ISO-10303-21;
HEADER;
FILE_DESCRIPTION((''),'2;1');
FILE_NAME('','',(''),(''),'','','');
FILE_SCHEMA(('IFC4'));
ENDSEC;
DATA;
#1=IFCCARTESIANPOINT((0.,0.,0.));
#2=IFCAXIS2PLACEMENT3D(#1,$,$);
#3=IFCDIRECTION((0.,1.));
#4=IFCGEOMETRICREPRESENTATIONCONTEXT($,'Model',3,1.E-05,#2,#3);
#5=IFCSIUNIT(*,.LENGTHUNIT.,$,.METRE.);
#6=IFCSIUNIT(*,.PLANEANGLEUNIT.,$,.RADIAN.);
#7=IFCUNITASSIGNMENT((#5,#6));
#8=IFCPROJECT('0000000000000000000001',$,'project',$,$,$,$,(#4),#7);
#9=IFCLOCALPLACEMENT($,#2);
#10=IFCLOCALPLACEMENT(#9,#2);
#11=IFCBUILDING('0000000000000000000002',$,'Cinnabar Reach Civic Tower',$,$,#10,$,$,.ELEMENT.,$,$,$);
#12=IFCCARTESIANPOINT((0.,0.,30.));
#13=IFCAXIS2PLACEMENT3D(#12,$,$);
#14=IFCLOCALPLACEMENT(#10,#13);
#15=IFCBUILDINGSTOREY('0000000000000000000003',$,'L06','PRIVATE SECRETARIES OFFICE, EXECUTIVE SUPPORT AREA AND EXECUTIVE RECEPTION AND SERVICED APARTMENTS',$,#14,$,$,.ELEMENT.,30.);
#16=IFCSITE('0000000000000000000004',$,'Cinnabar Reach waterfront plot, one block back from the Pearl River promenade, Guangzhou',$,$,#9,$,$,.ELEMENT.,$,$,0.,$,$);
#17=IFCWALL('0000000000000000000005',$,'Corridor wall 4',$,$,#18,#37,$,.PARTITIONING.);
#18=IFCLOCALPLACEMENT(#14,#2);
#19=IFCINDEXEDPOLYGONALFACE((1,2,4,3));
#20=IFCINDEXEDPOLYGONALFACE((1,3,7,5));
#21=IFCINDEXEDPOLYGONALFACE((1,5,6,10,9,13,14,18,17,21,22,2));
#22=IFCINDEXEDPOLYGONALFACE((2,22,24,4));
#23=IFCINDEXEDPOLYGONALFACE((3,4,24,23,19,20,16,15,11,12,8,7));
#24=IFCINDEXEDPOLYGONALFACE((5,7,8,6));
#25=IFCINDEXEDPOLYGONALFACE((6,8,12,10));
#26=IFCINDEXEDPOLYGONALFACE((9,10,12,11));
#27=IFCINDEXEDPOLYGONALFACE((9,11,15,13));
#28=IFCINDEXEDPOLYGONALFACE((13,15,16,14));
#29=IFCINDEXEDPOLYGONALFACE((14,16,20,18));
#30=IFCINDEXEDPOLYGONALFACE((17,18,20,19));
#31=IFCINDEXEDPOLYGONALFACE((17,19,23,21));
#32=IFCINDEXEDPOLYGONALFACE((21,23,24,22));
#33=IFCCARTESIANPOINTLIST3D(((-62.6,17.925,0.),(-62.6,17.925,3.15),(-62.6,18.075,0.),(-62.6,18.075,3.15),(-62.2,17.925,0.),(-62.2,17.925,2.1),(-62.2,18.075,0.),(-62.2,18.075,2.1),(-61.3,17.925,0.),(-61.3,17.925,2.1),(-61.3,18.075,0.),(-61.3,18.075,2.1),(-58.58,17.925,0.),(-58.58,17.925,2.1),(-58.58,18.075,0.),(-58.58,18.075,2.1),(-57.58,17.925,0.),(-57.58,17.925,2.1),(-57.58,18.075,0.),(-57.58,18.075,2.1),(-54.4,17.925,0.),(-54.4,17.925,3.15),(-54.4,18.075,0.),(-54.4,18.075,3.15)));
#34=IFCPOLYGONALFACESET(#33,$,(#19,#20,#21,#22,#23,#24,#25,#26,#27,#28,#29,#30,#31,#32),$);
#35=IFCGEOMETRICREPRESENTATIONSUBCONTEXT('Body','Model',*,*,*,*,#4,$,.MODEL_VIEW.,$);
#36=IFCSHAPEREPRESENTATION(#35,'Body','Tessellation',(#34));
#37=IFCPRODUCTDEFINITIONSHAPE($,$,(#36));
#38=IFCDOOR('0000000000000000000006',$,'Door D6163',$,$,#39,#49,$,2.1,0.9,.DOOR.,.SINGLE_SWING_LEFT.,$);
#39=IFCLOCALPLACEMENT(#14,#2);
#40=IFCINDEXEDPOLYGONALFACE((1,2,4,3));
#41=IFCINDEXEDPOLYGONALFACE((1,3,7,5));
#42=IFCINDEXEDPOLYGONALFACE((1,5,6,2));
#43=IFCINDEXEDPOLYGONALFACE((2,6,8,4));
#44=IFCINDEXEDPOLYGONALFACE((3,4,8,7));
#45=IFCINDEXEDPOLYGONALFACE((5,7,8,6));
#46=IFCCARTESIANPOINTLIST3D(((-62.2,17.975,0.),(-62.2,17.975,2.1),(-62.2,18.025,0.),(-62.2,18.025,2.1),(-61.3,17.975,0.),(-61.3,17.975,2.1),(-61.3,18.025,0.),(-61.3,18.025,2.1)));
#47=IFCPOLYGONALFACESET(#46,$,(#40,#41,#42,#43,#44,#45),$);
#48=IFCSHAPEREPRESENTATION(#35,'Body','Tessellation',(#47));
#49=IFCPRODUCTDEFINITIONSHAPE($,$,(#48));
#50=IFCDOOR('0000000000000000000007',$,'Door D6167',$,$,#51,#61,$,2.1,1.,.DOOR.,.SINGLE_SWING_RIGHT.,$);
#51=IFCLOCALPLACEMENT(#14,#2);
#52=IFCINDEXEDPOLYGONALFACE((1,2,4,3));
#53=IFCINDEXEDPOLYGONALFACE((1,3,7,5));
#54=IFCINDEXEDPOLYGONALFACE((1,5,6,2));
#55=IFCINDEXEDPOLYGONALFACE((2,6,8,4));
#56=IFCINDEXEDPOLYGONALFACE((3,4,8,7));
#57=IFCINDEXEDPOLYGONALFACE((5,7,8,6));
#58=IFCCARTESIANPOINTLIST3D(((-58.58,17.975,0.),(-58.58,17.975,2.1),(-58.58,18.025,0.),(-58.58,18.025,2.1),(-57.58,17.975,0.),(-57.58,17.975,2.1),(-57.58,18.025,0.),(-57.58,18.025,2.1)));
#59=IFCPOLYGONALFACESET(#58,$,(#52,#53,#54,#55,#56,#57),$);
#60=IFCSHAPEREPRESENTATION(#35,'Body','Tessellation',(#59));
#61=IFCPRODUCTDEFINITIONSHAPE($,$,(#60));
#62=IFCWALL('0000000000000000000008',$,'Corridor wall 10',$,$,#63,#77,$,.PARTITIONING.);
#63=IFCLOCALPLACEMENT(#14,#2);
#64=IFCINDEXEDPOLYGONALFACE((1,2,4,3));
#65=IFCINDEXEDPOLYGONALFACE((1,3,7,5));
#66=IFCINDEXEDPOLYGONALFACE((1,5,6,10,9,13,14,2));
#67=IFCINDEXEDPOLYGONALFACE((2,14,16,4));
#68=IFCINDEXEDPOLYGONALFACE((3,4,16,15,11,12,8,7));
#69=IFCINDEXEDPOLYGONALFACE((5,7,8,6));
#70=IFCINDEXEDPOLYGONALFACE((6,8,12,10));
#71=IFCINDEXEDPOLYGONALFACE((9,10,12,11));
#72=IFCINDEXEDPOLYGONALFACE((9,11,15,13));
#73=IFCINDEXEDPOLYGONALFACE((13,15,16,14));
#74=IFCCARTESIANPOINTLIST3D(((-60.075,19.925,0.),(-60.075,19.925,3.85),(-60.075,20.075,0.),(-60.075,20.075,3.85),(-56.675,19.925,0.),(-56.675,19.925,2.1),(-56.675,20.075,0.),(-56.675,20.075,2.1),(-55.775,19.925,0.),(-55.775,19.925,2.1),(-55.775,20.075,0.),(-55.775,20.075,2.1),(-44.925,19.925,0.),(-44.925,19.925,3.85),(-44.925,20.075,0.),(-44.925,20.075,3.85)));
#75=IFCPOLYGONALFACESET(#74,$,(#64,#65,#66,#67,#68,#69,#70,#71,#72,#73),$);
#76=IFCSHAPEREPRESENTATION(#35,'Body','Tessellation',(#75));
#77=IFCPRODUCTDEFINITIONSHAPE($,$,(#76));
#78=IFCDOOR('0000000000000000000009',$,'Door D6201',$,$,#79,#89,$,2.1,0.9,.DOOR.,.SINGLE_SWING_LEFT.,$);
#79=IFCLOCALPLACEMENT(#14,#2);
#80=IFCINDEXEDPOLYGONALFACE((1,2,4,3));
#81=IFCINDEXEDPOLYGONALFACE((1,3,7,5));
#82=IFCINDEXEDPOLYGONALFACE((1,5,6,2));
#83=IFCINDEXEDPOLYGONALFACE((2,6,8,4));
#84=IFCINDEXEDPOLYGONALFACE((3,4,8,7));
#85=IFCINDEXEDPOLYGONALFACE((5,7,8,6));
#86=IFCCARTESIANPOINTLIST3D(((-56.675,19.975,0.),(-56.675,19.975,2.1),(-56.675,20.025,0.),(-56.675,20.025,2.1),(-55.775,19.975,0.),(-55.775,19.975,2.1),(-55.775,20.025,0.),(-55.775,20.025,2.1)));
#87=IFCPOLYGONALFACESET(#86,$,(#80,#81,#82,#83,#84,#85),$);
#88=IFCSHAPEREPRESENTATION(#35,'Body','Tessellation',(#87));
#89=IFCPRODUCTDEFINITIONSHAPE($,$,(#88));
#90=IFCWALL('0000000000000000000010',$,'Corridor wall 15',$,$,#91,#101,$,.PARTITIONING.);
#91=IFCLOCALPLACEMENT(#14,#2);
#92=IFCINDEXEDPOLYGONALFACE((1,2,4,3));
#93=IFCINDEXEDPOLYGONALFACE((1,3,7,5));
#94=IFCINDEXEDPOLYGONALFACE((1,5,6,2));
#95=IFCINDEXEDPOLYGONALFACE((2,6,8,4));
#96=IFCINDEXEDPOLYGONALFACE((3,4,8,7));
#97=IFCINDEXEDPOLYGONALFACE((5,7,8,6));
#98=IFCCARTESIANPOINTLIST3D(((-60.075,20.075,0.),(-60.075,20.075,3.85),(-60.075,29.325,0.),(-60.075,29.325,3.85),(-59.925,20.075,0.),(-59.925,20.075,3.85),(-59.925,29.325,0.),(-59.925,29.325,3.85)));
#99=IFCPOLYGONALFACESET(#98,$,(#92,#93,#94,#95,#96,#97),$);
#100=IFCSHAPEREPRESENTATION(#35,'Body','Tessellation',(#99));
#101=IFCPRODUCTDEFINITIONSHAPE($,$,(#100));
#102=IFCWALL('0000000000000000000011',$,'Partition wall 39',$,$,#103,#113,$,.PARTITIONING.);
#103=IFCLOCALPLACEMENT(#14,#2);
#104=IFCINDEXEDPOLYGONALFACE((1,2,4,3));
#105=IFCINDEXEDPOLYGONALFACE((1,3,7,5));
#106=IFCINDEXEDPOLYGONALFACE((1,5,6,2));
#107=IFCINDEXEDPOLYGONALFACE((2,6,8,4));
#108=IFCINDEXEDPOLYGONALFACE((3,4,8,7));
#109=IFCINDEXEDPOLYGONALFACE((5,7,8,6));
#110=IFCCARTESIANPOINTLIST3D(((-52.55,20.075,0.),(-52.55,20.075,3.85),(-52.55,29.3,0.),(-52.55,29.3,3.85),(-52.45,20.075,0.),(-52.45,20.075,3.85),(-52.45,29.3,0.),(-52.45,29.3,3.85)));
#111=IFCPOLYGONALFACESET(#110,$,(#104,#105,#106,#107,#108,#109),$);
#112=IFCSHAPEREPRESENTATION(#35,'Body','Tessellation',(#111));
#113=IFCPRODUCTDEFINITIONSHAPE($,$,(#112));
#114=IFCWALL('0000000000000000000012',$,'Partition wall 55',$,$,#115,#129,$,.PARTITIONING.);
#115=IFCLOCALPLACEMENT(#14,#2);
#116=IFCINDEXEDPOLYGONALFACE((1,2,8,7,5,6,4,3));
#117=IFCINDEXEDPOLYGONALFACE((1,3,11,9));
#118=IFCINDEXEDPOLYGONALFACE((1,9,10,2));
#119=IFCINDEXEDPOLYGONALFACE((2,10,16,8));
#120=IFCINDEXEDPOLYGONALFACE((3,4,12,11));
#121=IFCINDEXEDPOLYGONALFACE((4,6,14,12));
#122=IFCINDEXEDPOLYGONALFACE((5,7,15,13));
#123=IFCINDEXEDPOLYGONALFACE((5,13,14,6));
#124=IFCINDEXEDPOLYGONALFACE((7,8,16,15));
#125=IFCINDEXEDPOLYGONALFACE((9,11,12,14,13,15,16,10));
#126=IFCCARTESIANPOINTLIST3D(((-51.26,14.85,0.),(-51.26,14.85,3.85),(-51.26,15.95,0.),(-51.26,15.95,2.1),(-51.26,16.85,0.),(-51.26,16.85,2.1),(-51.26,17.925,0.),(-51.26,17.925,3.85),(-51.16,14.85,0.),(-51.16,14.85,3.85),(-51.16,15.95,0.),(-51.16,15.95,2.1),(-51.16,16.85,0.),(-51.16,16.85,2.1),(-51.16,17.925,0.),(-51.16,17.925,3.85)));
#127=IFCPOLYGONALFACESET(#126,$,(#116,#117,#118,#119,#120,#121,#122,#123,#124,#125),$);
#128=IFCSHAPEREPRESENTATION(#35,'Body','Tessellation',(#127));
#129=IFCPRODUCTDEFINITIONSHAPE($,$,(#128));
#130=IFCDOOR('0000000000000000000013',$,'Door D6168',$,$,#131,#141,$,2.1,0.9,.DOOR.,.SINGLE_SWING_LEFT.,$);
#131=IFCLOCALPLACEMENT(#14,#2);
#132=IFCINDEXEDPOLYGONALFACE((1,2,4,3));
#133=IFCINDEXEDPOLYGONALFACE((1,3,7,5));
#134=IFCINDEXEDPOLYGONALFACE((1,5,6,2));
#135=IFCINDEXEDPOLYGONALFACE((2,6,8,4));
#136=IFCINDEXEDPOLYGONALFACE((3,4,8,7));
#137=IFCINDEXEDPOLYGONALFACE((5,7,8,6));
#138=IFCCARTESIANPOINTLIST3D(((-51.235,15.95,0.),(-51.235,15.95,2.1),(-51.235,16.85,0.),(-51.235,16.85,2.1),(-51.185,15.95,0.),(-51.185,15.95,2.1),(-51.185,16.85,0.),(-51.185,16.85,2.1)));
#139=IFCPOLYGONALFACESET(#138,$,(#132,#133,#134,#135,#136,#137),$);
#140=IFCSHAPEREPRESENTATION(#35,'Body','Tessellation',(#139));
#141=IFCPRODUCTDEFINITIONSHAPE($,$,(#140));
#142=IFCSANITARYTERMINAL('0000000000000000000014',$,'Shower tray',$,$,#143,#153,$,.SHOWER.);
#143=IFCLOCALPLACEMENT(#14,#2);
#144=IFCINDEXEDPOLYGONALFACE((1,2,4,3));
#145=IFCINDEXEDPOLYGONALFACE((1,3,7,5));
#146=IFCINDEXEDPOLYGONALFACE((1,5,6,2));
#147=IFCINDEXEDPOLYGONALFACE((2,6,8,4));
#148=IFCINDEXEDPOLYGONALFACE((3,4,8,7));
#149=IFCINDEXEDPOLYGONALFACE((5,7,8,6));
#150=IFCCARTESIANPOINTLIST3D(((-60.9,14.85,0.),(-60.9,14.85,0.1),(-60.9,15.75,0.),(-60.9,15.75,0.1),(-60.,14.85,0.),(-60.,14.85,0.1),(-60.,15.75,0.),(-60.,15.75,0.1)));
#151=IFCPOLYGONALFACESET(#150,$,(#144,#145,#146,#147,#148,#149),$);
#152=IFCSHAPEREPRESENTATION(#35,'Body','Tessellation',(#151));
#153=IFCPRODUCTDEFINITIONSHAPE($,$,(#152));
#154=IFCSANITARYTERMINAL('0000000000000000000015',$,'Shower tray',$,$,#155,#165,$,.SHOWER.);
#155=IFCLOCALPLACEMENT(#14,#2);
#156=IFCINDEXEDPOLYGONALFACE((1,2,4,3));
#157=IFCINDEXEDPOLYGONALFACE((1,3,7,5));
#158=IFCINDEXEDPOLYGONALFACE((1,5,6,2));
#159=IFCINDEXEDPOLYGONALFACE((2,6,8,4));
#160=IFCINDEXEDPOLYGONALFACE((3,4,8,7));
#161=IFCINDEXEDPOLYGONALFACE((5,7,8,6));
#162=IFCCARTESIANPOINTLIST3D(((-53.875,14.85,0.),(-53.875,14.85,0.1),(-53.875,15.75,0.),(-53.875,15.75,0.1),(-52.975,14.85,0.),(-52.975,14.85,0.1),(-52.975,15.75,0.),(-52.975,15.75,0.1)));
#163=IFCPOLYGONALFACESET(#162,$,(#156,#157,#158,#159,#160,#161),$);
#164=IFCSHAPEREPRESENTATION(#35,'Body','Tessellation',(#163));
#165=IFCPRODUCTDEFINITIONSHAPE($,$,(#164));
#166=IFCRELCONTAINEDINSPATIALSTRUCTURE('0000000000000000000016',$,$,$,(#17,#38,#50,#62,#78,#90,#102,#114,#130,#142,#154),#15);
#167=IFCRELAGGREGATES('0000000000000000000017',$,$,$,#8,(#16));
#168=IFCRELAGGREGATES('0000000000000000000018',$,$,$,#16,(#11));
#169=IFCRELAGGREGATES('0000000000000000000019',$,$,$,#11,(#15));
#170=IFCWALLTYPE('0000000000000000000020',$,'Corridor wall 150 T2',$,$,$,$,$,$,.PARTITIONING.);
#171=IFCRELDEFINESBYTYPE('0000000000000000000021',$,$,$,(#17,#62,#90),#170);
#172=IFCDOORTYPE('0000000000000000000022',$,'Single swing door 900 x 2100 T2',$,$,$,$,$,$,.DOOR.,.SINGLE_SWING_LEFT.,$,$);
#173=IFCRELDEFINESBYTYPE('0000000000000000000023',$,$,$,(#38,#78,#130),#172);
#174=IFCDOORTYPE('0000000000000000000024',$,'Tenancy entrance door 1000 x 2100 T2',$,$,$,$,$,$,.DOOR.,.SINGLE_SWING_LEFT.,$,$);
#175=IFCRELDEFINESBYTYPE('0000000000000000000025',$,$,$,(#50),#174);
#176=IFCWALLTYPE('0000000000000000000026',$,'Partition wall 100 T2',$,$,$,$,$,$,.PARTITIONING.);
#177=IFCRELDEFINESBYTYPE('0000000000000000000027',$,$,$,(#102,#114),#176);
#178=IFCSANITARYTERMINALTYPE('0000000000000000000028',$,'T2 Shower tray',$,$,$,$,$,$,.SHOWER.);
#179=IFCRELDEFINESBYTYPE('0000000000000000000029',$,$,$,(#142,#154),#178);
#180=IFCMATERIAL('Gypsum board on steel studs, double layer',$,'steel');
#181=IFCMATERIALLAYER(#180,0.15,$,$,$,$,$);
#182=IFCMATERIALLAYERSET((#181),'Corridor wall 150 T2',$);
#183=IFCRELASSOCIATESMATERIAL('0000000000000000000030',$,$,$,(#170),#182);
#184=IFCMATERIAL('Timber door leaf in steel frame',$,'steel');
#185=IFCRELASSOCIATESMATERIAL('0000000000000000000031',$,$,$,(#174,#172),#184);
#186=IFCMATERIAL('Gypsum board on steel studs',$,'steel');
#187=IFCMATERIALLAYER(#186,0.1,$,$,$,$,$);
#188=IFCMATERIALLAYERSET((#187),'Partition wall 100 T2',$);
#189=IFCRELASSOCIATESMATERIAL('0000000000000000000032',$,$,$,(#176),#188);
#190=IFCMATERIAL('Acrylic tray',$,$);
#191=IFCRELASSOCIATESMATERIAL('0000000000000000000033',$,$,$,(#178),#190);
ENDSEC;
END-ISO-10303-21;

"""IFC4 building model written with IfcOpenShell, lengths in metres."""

from ifc_helpers import new_model, si_unit, direction, frame, frame_2d, origin, origin_2d, place, context, subcontext, project, spatial, rectangle, extrude, material, layer, layer_set, type_object, element, fill, save


model = new_model("IFC4")

# Units and contexts
model_context = context("Model", 3, precision=1e-05, world=origin(), true_north=direction((0.0, 1.0)))
body_context = subcontext(model_context, "Body", "Model", "MODEL_VIEW")
ifc_project = project(units=[si_unit("LENGTHUNIT", "METRE"), si_unit("PLANEANGLEUNIT", "RADIAN")], contexts=[model_context])

# Site, building, storey
site_placement = place(None, origin())
site = spatial("IfcSite", under=ifc_project, at=site_placement, Name="Cinnabar Reach waterfront plot, one block back from the Pearl River promenade, Guangzhou", CompositionType="ELEMENT", RefElevation=0.0)
building_placement = place(site_placement, origin())
building = spatial("IfcBuilding", under=site, at=building_placement, Name="Cinnabar Reach Civic Tower", CompositionType="ELEMENT")
storey_placement = place(building_placement, frame((0.0, 0.0, 30.0)))
storey = spatial("IfcBuildingStorey", under=building, at=storey_placement, Name="L06", Description="PRIVATE SECRETARIES OFFICE, EXECUTIVE SUPPORT AREA AND EXECUTIVE RECEPTION AND SERVICED APARTMENTS", CompositionType="ELEMENT", Elevation=30.0)

# Shared definitions
ifc_material_1 = material(Name="Gypsum board on steel studs, double layer", Category="steel")
ifc_layer_1 = layer(ifc_material_1, 0.15)
ifc_layer_set_1 = layer_set([ifc_layer_1], Name="Corridor wall 150 T2")
wall_type_1 = type_object("IfcWallType", Name="Corridor wall 150 T2", PredefinedType="PARTITIONING", material=ifc_layer_set_1)
ifc_material_2 = material(Name="Timber door leaf in steel frame", Category="steel")
door_type_1 = type_object("IfcDoorType", Name="Tenancy entrance door 1000 x 2100 T2", OperationType="SINGLE_SWING_LEFT", PredefinedType="DOOR", material=ifc_material_2)

# Wall, openings, doors
wall_1_placement = place(storey_placement, frame((-62.6, 18.0, 0.0), z_axis=(0.0, 0.0, 1.0), x_axis=(1.0, 0.0, 0.0)))
wall_1 = element("IfcWall", 1, at=wall_1_placement, inside=storey, type_object=wall_type_1, Name="Corridor wall 4", PredefinedType="PARTITIONING", context=body_context, shape_type="SweptSolid", body=[
    extrude(rectangle(XDim=8.2, YDim=0.15, at=frame_2d((4.1, 0.0))), origin(), (0.0, 0.0, 1.0), 3.15),
])
opening_1_placement = place(wall_1_placement, frame((0.4, 0.0, 0.0)))
opening_1 = element("IfcOpeningElement", 2, at=opening_1_placement, cuts=wall_1, PredefinedType="OPENING", context=body_context, shape_type="SweptSolid", body=[
    extrude(rectangle(XDim=0.9, YDim=2.1, at=frame_2d((0.45, 1.05))), frame((0.0, 0.085, 0.0), z_axis=(0.0, -1.0, 0.0), x_axis=(1.0, 0.0, 0.0)), (0.0, 0.0, 1.0), 0.17),
])
opening_2_placement = place(wall_1_placement, frame((4.02, 0.0, 0.0)))
opening_2 = element("IfcOpeningElement", 3, at=opening_2_placement, cuts=wall_1, PredefinedType="OPENING", context=body_context, shape_type="SweptSolid", body=[
    extrude(rectangle(XDim=1.0, YDim=2.1, at=frame_2d((0.5, 1.05))), frame((0.0, 0.085, 0.0), z_axis=(0.0, -1.0, 0.0), x_axis=(1.0, 0.0, 0.0)), (0.0, 0.0, 1.0), 0.17),
])
door_type_2 = type_object("IfcDoorType", Name="Single swing door 900 x 2100 T2", OperationType="SINGLE_SWING_LEFT", PredefinedType="DOOR", material=ifc_material_2)
door_1_placement = place(opening_1_placement, frame((0.9, 0.0, 0.0), z_axis=(0.0, 0.0, 1.0), x_axis=(-1.0, 0.0, 0.0)))
door_1 = element("IfcDoor", 4, at=door_1_placement, inside=storey, type_object=door_type_2, Name="Door D6163", OperationType="SINGLE_SWING_LEFT", OverallHeight=2.1, OverallWidth=0.9, PredefinedType="DOOR", context=body_context, shape_type="SweptSolid", body=[
    extrude(rectangle(XDim=0.9, YDim=2.1, at=frame_2d((0.45, 1.05))), frame((0.0, 0.025, 0.0), z_axis=(0.0, -1.0, 0.0), x_axis=(1.0, 0.0, 0.0)), (0.0, 0.0, 1.0), 0.05),
])
fill(opening_1, door_1)
door_2_placement = place(opening_2_placement, frame((1.0, 0.0, 0.0), z_axis=(0.0, 0.0, 1.0), x_axis=(-1.0, 0.0, 0.0)))
door_2 = element("IfcDoor", 5, at=door_2_placement, inside=storey, type_object=door_type_1, Name="Door D6167", OperationType="SINGLE_SWING_RIGHT", OverallHeight=2.1, OverallWidth=1.0, PredefinedType="DOOR", context=body_context, shape_type="SweptSolid", body=[
    extrude(rectangle(XDim=1.0, YDim=2.1, at=frame_2d((0.5, 1.05))), frame((0.0, 0.025, 0.0), z_axis=(0.0, -1.0, 0.0), x_axis=(1.0, 0.0, 0.0)), (0.0, 0.0, 1.0), 0.05),
])
fill(opening_2, door_2)

# Wall, opening, door
wall_2_placement = place(storey_placement, frame((-60.075, 20.0, 0.0), z_axis=(0.0, 0.0, 1.0), x_axis=(1.0, 0.0, 0.0)))
wall_2 = element("IfcWall", 6, at=wall_2_placement, inside=storey, type_object=wall_type_1, Name="Corridor wall 10", PredefinedType="PARTITIONING", context=body_context, shape_type="SweptSolid", body=[
    extrude(rectangle(XDim=15.15, YDim=0.15, at=frame_2d((7.575, 0.0))), origin(), (0.0, 0.0, 1.0), 3.85),
])
opening_3_placement = place(wall_2_placement, frame((3.4, 0.0, 0.0)))
opening_3 = element("IfcOpeningElement", 7, at=opening_3_placement, cuts=wall_2, PredefinedType="OPENING", context=body_context, shape_type="SweptSolid", body=[
    extrude(rectangle(XDim=0.9, YDim=2.1, at=frame_2d((0.45, 1.05))), frame((0.0, 0.085, 0.0), z_axis=(0.0, -1.0, 0.0), x_axis=(1.0, 0.0, 0.0)), (0.0, 0.0, 1.0), 0.17),
])
door_3_placement = place(opening_3_placement, origin())
door_3 = element("IfcDoor", 8, at=door_3_placement, inside=storey, type_object=door_type_2, Name="Door D6201", OperationType="SINGLE_SWING_LEFT", OverallHeight=2.1, OverallWidth=0.9, PredefinedType="DOOR", context=body_context, shape_type="SweptSolid", body=[
    extrude(rectangle(XDim=0.9, YDim=2.1, at=frame_2d((0.45, 1.05))), frame((0.0, 0.025, 0.0), z_axis=(0.0, -1.0, 0.0), x_axis=(1.0, 0.0, 0.0)), (0.0, 0.0, 1.0), 0.05),
])
fill(opening_3, door_3)

# Walls
wall_3_placement = place(storey_placement, frame((-60.0, 20.075, 0.0), z_axis=(0.0, 0.0, 1.0), x_axis=(0.0, 1.0, 0.0)))
element("IfcWall", 9, at=wall_3_placement, inside=storey, type_object=wall_type_1, Name="Corridor wall 15", PredefinedType="PARTITIONING", context=body_context, shape_type="SweptSolid", body=[
    extrude(rectangle(XDim=9.25, YDim=0.15, at=frame_2d((4.625, 0.0))), origin(), (0.0, 0.0, 1.0), 3.85),
])
ifc_material_3 = material(Name="Gypsum board on steel studs", Category="steel")
ifc_layer_2 = layer(ifc_material_3, 0.1)
ifc_layer_set_2 = layer_set([ifc_layer_2], Name="Partition wall 100 T2")
wall_type_2 = type_object("IfcWallType", Name="Partition wall 100 T2", PredefinedType="PARTITIONING", material=ifc_layer_set_2)
wall_4_placement = place(storey_placement, frame((-52.5, 20.075, 0.0), z_axis=(0.0, 0.0, 1.0), x_axis=(0.0, 1.0, 0.0)))
element("IfcWall", 10, at=wall_4_placement, inside=storey, type_object=wall_type_2, Name="Partition wall 39", PredefinedType="PARTITIONING", context=body_context, shape_type="SweptSolid", body=[
    extrude(rectangle(XDim=9.225, YDim=0.1, at=frame_2d((4.6125, 0.0))), origin(), (0.0, 0.0, 1.0), 3.85),
])

# Wall, opening, door
wall_5_placement = place(storey_placement, frame((-51.21, 14.85, 0.0), z_axis=(0.0, 0.0, 1.0), x_axis=(0.0, 1.0, 0.0)))
wall_5 = element("IfcWall", 11, at=wall_5_placement, inside=storey, type_object=wall_type_2, Name="Partition wall 55", PredefinedType="PARTITIONING", context=body_context, shape_type="SweptSolid", body=[
    extrude(rectangle(XDim=3.075, YDim=0.1, at=frame_2d((1.5375, 0.0))), origin(), (0.0, 0.0, 1.0), 3.85),
])
opening_4_placement = place(wall_5_placement, frame((1.1, 0.0, 0.0)))
opening_4 = element("IfcOpeningElement", 12, at=opening_4_placement, cuts=wall_5, PredefinedType="OPENING", context=body_context, shape_type="SweptSolid", body=[
    extrude(rectangle(XDim=0.9, YDim=2.1, at=frame_2d((0.45, 1.05))), frame((0.0, 0.06, 0.0), z_axis=(0.0, -1.0, 0.0), x_axis=(1.0, 0.0, 0.0)), (0.0, 0.0, 1.0), 0.12),
])
door_4_placement = place(opening_4_placement, origin())
door_4 = element("IfcDoor", 13, at=door_4_placement, inside=storey, type_object=door_type_2, Name="Door D6168", OperationType="SINGLE_SWING_LEFT", OverallHeight=2.1, OverallWidth=0.9, PredefinedType="DOOR", context=body_context, shape_type="SweptSolid", body=[
    extrude(rectangle(XDim=0.9, YDim=2.1, at=frame_2d((0.45, 1.05))), frame((0.0, 0.025, 0.0), z_axis=(0.0, -1.0, 0.0), x_axis=(1.0, 0.0, 0.0)), (0.0, 0.0, 1.0), 0.05),
])
fill(opening_4, door_4)

# Sanitary terminals
ifc_material_4 = material(Name="Acrylic tray")
sanitary_terminal_type_1 = type_object("IfcSanitaryTerminalType", Name="T2 Shower tray", PredefinedType="SHOWER", material=ifc_material_4)
for number, where, z_axis, x_axis, name in (
    (14, (-60.45, 15.3, 0.0), (0.0, 0.0, 1.0), (1.0, 0.0, 0.0), "Shower tray"),
    (15, (-53.425, 15.3, 0.0), (0.0, 0.0, 1.0), (1.0, 0.0, 0.0), "Shower tray"),
):
    element("IfcSanitaryTerminal", number, at=place(storey_placement, frame(where, z_axis=z_axis, x_axis=x_axis)), inside=storey, type_object=sanitary_terminal_type_1, Name=name, PredefinedType="SHOWER", context=body_context, shape_type="SweptSolid", body=[
        extrude(rectangle(XDim=0.9, YDim=0.9, at=origin_2d()), origin(), (0.0, 0.0, 1.0), 0.1),
    ])

save(model, "model.ifc")
